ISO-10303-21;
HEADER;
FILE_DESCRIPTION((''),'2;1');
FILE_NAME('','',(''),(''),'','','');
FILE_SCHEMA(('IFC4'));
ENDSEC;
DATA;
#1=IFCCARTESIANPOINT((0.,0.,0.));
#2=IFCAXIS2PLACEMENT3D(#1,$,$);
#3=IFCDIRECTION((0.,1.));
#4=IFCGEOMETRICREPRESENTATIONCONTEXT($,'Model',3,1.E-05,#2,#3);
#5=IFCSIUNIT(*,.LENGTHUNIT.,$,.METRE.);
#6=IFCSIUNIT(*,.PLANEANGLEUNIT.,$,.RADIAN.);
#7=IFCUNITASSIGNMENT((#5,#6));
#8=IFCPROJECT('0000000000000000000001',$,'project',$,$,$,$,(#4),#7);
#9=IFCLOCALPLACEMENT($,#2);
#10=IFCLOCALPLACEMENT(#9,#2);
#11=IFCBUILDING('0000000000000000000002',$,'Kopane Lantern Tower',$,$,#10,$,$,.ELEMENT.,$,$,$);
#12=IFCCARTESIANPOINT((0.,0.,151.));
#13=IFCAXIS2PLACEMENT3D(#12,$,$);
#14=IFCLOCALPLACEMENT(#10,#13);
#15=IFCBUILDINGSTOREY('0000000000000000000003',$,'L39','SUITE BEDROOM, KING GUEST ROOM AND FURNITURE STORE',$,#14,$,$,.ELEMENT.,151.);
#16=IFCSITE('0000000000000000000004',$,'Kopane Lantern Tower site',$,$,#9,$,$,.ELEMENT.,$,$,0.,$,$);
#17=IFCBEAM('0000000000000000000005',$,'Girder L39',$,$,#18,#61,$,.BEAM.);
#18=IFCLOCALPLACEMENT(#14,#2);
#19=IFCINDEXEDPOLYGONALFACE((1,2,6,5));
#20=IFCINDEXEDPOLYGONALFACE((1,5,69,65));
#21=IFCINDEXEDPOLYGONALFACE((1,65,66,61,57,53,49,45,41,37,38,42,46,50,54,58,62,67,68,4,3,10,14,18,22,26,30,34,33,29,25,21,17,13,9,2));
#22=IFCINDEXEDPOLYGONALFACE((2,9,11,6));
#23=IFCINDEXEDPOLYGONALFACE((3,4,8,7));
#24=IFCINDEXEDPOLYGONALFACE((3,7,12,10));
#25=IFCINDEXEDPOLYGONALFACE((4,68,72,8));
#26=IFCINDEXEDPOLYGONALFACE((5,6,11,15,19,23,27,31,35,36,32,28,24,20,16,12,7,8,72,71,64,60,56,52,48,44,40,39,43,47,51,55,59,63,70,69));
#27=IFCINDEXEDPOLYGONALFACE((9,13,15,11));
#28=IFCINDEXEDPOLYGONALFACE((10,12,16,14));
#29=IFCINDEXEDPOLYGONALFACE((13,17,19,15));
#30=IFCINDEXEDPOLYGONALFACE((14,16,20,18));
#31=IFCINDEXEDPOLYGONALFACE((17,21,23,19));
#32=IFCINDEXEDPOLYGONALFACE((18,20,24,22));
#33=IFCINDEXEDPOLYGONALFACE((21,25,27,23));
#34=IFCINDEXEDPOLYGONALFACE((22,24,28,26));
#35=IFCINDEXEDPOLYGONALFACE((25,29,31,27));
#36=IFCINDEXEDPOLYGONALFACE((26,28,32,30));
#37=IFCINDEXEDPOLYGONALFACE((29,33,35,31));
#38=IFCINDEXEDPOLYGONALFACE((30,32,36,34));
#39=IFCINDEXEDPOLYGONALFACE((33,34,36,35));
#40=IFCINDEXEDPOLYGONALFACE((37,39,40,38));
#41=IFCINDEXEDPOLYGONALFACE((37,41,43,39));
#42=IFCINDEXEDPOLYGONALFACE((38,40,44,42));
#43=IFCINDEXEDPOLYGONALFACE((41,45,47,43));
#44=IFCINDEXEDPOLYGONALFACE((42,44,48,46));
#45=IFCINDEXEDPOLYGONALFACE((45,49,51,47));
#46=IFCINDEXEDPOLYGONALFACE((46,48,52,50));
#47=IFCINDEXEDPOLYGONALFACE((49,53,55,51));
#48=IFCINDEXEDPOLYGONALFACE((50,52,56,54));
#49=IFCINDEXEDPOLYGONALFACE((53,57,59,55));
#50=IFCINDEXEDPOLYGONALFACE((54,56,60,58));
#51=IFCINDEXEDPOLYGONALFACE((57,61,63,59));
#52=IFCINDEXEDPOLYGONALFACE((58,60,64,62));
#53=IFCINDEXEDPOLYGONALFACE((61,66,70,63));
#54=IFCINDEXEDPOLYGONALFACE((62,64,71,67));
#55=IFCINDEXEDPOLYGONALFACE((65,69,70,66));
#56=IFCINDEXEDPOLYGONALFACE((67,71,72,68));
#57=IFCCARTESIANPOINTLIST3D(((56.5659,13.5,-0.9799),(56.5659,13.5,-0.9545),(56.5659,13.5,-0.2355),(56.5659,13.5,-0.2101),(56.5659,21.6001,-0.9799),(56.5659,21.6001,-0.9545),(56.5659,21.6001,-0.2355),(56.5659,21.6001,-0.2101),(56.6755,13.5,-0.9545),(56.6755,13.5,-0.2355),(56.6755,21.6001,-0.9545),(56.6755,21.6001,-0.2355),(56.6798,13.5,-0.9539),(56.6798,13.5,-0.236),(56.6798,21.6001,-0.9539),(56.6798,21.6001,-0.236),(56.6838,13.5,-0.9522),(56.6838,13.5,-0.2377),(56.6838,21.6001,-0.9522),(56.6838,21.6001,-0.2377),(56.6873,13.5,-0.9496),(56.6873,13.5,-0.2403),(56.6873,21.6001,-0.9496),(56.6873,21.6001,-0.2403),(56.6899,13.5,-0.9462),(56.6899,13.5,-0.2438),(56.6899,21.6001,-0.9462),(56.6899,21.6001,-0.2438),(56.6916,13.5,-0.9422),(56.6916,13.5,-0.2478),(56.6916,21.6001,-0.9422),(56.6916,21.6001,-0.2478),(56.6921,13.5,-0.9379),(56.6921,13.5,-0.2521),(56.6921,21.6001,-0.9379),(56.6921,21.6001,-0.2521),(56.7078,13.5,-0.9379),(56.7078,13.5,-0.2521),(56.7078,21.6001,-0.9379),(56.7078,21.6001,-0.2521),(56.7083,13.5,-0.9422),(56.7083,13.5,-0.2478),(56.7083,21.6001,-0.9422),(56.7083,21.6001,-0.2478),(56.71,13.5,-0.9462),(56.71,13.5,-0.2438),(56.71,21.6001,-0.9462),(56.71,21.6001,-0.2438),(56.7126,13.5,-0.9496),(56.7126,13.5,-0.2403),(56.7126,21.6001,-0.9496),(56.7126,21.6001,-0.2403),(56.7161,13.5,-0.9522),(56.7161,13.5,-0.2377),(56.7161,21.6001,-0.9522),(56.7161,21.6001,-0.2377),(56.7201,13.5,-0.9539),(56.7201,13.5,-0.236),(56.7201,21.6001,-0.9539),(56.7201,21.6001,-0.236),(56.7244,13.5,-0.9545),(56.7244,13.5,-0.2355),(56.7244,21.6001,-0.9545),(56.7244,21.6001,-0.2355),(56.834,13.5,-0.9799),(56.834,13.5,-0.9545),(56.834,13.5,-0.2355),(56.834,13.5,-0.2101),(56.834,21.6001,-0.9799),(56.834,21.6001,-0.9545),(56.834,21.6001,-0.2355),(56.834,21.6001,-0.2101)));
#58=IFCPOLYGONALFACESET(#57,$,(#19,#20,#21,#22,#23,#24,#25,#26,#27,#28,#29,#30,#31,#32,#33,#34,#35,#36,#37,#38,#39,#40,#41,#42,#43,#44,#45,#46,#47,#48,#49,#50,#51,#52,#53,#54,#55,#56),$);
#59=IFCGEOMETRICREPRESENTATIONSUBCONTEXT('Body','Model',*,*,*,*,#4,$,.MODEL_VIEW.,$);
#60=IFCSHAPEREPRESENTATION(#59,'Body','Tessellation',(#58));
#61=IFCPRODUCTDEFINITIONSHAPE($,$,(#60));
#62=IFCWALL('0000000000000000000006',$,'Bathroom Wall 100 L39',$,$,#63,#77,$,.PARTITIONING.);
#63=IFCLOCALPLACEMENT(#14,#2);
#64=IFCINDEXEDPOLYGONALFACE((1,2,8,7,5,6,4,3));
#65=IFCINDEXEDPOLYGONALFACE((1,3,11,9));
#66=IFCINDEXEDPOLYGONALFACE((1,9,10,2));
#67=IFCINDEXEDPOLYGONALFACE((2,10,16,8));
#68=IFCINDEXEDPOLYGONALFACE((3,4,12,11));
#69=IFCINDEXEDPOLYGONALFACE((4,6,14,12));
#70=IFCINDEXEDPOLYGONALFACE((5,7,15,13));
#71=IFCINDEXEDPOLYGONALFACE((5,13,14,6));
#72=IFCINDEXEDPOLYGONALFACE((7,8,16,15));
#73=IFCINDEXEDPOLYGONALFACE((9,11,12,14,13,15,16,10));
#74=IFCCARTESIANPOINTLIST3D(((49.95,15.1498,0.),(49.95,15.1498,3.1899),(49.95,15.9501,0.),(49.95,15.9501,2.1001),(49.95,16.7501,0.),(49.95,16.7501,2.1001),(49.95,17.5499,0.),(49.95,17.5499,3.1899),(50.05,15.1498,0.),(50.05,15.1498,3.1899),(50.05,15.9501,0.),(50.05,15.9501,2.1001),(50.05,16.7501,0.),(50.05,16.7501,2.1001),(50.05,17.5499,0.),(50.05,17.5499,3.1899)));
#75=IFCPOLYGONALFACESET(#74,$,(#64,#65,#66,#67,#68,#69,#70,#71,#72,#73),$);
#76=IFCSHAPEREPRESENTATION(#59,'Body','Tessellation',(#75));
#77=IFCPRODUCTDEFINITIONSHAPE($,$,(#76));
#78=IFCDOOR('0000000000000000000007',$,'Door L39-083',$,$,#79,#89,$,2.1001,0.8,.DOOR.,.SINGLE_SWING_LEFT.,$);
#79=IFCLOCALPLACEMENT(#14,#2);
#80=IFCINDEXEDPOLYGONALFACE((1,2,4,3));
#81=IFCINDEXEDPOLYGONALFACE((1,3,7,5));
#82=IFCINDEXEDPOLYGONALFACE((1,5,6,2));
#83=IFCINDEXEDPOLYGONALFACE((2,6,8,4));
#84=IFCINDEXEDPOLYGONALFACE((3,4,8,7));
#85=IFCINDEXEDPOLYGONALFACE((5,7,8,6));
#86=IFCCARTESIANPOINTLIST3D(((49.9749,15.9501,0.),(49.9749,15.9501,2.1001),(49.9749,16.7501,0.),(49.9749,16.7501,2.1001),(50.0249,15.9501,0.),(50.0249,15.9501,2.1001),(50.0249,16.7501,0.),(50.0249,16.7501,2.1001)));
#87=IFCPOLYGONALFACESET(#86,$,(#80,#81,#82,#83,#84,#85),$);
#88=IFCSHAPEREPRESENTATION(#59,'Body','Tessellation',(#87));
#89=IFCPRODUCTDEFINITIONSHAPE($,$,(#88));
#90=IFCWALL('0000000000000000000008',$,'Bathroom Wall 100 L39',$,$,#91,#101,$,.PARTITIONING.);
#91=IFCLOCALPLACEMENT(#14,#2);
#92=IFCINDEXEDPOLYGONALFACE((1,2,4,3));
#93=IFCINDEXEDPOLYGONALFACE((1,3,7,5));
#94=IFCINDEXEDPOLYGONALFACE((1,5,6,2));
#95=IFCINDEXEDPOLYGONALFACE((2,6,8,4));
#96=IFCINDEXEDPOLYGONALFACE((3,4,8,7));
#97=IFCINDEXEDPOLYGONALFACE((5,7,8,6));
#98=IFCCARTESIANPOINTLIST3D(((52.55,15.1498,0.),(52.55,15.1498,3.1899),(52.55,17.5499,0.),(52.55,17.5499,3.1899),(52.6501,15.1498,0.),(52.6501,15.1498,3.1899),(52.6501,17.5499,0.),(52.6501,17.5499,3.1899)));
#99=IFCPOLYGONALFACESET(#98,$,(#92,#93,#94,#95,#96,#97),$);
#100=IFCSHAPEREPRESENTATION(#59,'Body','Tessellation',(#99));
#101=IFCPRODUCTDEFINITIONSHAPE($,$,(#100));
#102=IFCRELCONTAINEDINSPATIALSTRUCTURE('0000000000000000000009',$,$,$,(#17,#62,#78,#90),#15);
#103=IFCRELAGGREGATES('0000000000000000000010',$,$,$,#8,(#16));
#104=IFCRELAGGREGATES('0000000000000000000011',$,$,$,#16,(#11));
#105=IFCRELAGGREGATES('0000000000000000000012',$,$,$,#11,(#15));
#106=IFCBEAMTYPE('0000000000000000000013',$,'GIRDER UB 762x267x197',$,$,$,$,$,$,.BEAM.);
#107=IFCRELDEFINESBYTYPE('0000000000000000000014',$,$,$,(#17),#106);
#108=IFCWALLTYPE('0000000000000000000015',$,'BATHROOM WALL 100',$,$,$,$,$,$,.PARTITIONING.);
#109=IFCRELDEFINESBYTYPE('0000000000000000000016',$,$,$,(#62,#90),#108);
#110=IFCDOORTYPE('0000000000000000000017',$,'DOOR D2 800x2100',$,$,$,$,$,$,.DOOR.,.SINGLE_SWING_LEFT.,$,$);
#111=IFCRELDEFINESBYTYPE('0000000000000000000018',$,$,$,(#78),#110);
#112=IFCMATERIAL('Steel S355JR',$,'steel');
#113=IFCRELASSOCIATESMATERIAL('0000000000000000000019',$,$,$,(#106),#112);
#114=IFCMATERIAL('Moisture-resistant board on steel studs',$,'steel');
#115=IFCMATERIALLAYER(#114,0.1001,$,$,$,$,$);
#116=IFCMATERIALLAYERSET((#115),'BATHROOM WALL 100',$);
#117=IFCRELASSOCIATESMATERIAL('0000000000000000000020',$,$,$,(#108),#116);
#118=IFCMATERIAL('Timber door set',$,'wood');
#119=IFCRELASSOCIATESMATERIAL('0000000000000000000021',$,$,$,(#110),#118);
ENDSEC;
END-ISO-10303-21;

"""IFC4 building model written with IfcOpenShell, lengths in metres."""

from ifc_helpers import new_model, si_unit, direction, frame, frame_2d, origin, origin_2d, place, context, subcontext, project, spatial, rectangle, i_section, extrude, material, layer, layer_set, material_profile, profile_set, type_object, element, fill, save


model = new_model("IFC4")

# Units and contexts
model_context = context("Model", 3, precision=1e-05, world=origin(), true_north=direction((0.0, 1.0)))
body_context = subcontext(model_context, "Body", "Model", "MODEL_VIEW")
ifc_project = project(units=[si_unit("LENGTHUNIT", "METRE"), si_unit("PLANEANGLEUNIT", "RADIAN")], contexts=[model_context])

# Site, building, storey
site_placement = place(None, origin())
site = spatial("IfcSite", under=ifc_project, at=site_placement, Name="Kopane Lantern Tower site", CompositionType="ELEMENT", RefElevation=0.0)
building_placement = place(site_placement, origin())
building = spatial("IfcBuilding", under=site, at=building_placement, Name="Kopane Lantern Tower", CompositionType="ELEMENT")
storey_placement = place(building_placement, frame((0.0, 0.0, 151.0)))
storey = spatial("IfcBuildingStorey", under=building, at=storey_placement, Name="L39", Description="SUITE BEDROOM, KING GUEST ROOM AND FURNITURE STORE", CompositionType="ELEMENT", Elevation=151.0)

# Beam
ifc_material_1 = material(Name="Steel S355JR", Category="steel")
ifc_material_profile = material_profile(ifc_material_1, i_section(OverallWidth=0.2681, OverallDepth=0.7698, WebThickness=0.0156, FlangeThickness=0.0254, FilletRadius=0.0166, at=origin_2d()), Name="UB 762x267x197")
ifc_profile_set = profile_set([ifc_material_profile], Name="Steel S355JR")
beam_type = type_object("IfcBeamType", Name="GIRDER UB 762x267x197", PredefinedType="BEAM", material=ifc_profile_set)
beam_placement = place(storey_placement, frame((56.7, 13.5, -0.595), z_axis=(0.0, 1.0, 0.0), x_axis=(-1.0, 0.0, 0.0)))
element("IfcBeam", 1, at=beam_placement, inside=storey, type_object=beam_type, Name="Girder L39", PredefinedType="BEAM", context=body_context, shape_type="SweptSolid", body=[
    extrude(i_section(OverallWidth=0.2681, OverallDepth=0.7698, WebThickness=0.0156, FlangeThickness=0.0254, FilletRadius=0.0166, at=origin_2d()), origin(), (0.0, 0.0, 1.0), 8.1001),
])

# Wall, opening, door
ifc_material_2 = material(Name="Moisture-resistant board on steel studs", Category="steel")
ifc_layer_1 = layer(ifc_material_2, 0.1001)
ifc_layer_set_1 = layer_set([ifc_layer_1], Name="BATHROOM WALL 100")
wall_type_1 = type_object("IfcWallType", Name="BATHROOM WALL 100", PredefinedType="PARTITIONING", material=ifc_layer_set_1)
wall_1_placement = place(storey_placement, frame((50.0, 17.55, 0.0), z_axis=(0.0, 0.0, 1.0), x_axis=(0.0, -1.0, 0.0)))
wall_1 = element("IfcWall", 2, at=wall_1_placement, inside=storey, type_object=wall_type_1, Name="Bathroom Wall 100 L39", PredefinedType="PARTITIONING", context=body_context, shape_type="SweptSolid", body=[
    extrude(rectangle(XDim=2.4001, YDim=0.1001, at=frame_2d((1.2002, 0.0))), origin(), (0.0, 0.0, 1.0), 3.1899),
])
opening_1_placement = place(wall_1_placement, frame((0.8, 0.0, 0.0)))
opening_1 = element("IfcOpeningElement", 3, at=opening_1_placement, cuts=wall_1, PredefinedType="OPENING", context=body_context, shape_type="SweptSolid", body=[
    extrude(rectangle(XDim=0.8, YDim=2.1001, at=frame_2d((0.3999, 1.05))), frame((0.0, 0.0601, 0.0), z_axis=(0.0, -1.0, 0.0), x_axis=(1.0, 0.0, 0.0)), (0.0, 0.0, 1.0), 0.1201),
])
ifc_material_3 = material(Name="Timber door set", Category="wood")
door_type_1 = type_object("IfcDoorType", Name="DOOR D2 800x2100", OperationType="SINGLE_SWING_LEFT", PredefinedType="DOOR", material=ifc_material_3)
door_1_placement = place(opening_1_placement, origin())
door_1 = element("IfcDoor", 4, at=door_1_placement, inside=storey, type_object=door_type_1, Name="Door L39-083", OperationType="SINGLE_SWING_LEFT", OverallHeight=2.1001, OverallWidth=0.8, PredefinedType="DOOR", context=body_context, shape_type="SweptSolid", body=[
    extrude(rectangle(XDim=0.8, YDim=2.1001, at=frame_2d((0.3999, 1.05))), frame((0.0, 0.0249, 0.0), z_axis=(0.0, -1.0, 0.0), x_axis=(1.0, 0.0, 0.0)), (0.0, 0.0, 1.0), 0.05),
])
fill(opening_1, door_1)

# Wall
wall_2_placement = place(storey_placement, frame((52.6001, 17.55, 0.0), z_axis=(0.0, 0.0, 1.0), x_axis=(0.0, -1.0, 0.0)))
element("IfcWall", 5, at=wall_2_placement, inside=storey, type_object=wall_type_1, Name="Bathroom Wall 100 L39", PredefinedType="PARTITIONING", context=body_context, shape_type="SweptSolid", body=[
    extrude(rectangle(XDim=2.4001, YDim=0.1001, at=frame_2d((1.2002, 0.0))), origin(), (0.0, 0.0, 1.0), 3.1899),
])

save(model, "model.ifc")
